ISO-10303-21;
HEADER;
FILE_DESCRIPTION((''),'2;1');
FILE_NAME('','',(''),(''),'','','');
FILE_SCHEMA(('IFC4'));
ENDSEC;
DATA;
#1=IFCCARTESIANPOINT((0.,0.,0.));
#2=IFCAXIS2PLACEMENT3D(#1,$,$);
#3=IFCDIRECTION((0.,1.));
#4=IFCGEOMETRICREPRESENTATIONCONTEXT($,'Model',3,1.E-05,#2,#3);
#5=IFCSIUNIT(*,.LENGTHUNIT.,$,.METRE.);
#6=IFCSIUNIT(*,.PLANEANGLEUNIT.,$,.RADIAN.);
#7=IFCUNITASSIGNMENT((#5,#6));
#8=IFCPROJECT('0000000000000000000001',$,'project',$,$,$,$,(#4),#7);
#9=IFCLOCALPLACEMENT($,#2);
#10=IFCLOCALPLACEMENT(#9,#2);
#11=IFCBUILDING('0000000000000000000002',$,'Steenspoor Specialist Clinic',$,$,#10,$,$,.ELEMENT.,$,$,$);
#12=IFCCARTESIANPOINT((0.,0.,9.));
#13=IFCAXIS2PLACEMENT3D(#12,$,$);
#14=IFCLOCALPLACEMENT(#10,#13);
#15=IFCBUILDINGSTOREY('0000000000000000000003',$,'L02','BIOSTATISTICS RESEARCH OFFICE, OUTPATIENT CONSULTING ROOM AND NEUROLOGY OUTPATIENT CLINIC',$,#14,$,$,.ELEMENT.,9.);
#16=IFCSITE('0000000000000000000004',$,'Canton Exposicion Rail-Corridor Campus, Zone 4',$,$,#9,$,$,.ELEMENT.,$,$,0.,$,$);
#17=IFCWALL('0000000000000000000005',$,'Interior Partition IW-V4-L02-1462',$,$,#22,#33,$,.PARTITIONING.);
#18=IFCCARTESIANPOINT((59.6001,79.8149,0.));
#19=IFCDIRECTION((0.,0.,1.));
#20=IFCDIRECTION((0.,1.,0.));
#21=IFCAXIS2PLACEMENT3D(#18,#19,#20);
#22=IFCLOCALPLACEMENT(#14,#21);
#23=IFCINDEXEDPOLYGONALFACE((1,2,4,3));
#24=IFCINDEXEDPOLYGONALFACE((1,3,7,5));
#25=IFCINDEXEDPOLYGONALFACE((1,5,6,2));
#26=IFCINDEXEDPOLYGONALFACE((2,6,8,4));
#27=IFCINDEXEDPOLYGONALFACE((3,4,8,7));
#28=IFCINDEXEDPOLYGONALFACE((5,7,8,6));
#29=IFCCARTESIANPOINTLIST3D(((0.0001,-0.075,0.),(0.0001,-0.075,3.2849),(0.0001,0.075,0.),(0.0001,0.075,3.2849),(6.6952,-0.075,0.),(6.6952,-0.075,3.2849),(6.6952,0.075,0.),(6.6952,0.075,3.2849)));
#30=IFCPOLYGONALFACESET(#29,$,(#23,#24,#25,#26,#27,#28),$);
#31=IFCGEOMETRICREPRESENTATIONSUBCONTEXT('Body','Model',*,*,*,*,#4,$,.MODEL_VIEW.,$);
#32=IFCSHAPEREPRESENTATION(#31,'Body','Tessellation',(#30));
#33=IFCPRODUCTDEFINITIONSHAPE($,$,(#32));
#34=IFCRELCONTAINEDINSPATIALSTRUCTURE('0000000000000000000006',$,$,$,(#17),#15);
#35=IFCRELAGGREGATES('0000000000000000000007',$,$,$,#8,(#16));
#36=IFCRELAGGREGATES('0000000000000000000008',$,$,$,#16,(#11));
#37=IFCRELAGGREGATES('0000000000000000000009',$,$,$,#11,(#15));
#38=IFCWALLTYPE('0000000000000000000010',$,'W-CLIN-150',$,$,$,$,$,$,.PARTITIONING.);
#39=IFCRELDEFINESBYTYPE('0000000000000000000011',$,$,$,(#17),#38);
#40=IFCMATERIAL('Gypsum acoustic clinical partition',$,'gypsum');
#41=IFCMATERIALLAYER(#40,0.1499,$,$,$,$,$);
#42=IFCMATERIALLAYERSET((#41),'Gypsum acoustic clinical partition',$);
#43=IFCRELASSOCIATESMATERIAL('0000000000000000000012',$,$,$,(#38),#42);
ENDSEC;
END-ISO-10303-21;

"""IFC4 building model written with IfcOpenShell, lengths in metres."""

from ifc_helpers import new_model, si_unit, direction, frame, frame_2d, origin, place, context, subcontext, project, spatial, rectangle, extrude, material, layer, layer_set, type_object, element, save


model = new_model("IFC4")

# Units and contexts
model_context = context("Model", 3, precision=1e-05, world=origin(), true_north=direction((0.0, 1.0)))
body_context = subcontext(model_context, "Body", "Model", "MODEL_VIEW")
ifc_project = project(units=[si_unit("LENGTHUNIT", "METRE"), si_unit("PLANEANGLEUNIT", "RADIAN")], contexts=[model_context])

# Site, building, storey
site_placement = place(None, origin())
site = spatial("IfcSite", under=ifc_project, at=site_placement, Name="Canton Exposicion Rail-Corridor Campus, Zone 4", CompositionType="ELEMENT", RefElevation=0.0)
building_placement = place(site_placement, origin())
building = spatial("IfcBuilding", under=site, at=building_placement, Name="Steenspoor Specialist Clinic", CompositionType="ELEMENT")
storey_placement = place(building_placement, frame((0.0, 0.0, 9.0)))
storey = spatial("IfcBuildingStorey", under=building, at=storey_placement, Name="L02", Description="BIOSTATISTICS RESEARCH OFFICE, OUTPATIENT CONSULTING ROOM AND NEUROLOGY OUTPATIENT CLINIC", CompositionType="ELEMENT", Elevation=9.0)

# Shared definitions
ifc_material_1 = material(Name="Gypsum acoustic clinical partition", Category="gypsum")
ifc_layer_1 = layer(ifc_material_1, 0.1499)
ifc_layer_set_1 = layer_set([ifc_layer_1], Name="Gypsum acoustic clinical partition")
wall_type_1 = type_object("IfcWallType", Name="W-CLIN-150", PredefinedType="PARTITIONING", material=ifc_layer_set_1)

# Wall
wall_1_placement = place(storey_placement, frame((59.6001, 79.8149, 0.0), z_axis=(0.0, 0.0, 1.0), x_axis=(0.0, 1.0, 0.0)))
element("IfcWall", 1, at=wall_1_placement, inside=storey, type_object=wall_type_1, Name="Interior Partition IW-V4-L02-1462", PredefinedType="PARTITIONING", context=body_context, shape_type="SweptSolid", body=[
    extrude(rectangle(XDim=6.6951, YDim=0.1499, at=frame_2d((3.3477, 0.0))), origin(), (0.0, 0.0, 1.0), 3.2849),
])

save(model, "model.ifc")
